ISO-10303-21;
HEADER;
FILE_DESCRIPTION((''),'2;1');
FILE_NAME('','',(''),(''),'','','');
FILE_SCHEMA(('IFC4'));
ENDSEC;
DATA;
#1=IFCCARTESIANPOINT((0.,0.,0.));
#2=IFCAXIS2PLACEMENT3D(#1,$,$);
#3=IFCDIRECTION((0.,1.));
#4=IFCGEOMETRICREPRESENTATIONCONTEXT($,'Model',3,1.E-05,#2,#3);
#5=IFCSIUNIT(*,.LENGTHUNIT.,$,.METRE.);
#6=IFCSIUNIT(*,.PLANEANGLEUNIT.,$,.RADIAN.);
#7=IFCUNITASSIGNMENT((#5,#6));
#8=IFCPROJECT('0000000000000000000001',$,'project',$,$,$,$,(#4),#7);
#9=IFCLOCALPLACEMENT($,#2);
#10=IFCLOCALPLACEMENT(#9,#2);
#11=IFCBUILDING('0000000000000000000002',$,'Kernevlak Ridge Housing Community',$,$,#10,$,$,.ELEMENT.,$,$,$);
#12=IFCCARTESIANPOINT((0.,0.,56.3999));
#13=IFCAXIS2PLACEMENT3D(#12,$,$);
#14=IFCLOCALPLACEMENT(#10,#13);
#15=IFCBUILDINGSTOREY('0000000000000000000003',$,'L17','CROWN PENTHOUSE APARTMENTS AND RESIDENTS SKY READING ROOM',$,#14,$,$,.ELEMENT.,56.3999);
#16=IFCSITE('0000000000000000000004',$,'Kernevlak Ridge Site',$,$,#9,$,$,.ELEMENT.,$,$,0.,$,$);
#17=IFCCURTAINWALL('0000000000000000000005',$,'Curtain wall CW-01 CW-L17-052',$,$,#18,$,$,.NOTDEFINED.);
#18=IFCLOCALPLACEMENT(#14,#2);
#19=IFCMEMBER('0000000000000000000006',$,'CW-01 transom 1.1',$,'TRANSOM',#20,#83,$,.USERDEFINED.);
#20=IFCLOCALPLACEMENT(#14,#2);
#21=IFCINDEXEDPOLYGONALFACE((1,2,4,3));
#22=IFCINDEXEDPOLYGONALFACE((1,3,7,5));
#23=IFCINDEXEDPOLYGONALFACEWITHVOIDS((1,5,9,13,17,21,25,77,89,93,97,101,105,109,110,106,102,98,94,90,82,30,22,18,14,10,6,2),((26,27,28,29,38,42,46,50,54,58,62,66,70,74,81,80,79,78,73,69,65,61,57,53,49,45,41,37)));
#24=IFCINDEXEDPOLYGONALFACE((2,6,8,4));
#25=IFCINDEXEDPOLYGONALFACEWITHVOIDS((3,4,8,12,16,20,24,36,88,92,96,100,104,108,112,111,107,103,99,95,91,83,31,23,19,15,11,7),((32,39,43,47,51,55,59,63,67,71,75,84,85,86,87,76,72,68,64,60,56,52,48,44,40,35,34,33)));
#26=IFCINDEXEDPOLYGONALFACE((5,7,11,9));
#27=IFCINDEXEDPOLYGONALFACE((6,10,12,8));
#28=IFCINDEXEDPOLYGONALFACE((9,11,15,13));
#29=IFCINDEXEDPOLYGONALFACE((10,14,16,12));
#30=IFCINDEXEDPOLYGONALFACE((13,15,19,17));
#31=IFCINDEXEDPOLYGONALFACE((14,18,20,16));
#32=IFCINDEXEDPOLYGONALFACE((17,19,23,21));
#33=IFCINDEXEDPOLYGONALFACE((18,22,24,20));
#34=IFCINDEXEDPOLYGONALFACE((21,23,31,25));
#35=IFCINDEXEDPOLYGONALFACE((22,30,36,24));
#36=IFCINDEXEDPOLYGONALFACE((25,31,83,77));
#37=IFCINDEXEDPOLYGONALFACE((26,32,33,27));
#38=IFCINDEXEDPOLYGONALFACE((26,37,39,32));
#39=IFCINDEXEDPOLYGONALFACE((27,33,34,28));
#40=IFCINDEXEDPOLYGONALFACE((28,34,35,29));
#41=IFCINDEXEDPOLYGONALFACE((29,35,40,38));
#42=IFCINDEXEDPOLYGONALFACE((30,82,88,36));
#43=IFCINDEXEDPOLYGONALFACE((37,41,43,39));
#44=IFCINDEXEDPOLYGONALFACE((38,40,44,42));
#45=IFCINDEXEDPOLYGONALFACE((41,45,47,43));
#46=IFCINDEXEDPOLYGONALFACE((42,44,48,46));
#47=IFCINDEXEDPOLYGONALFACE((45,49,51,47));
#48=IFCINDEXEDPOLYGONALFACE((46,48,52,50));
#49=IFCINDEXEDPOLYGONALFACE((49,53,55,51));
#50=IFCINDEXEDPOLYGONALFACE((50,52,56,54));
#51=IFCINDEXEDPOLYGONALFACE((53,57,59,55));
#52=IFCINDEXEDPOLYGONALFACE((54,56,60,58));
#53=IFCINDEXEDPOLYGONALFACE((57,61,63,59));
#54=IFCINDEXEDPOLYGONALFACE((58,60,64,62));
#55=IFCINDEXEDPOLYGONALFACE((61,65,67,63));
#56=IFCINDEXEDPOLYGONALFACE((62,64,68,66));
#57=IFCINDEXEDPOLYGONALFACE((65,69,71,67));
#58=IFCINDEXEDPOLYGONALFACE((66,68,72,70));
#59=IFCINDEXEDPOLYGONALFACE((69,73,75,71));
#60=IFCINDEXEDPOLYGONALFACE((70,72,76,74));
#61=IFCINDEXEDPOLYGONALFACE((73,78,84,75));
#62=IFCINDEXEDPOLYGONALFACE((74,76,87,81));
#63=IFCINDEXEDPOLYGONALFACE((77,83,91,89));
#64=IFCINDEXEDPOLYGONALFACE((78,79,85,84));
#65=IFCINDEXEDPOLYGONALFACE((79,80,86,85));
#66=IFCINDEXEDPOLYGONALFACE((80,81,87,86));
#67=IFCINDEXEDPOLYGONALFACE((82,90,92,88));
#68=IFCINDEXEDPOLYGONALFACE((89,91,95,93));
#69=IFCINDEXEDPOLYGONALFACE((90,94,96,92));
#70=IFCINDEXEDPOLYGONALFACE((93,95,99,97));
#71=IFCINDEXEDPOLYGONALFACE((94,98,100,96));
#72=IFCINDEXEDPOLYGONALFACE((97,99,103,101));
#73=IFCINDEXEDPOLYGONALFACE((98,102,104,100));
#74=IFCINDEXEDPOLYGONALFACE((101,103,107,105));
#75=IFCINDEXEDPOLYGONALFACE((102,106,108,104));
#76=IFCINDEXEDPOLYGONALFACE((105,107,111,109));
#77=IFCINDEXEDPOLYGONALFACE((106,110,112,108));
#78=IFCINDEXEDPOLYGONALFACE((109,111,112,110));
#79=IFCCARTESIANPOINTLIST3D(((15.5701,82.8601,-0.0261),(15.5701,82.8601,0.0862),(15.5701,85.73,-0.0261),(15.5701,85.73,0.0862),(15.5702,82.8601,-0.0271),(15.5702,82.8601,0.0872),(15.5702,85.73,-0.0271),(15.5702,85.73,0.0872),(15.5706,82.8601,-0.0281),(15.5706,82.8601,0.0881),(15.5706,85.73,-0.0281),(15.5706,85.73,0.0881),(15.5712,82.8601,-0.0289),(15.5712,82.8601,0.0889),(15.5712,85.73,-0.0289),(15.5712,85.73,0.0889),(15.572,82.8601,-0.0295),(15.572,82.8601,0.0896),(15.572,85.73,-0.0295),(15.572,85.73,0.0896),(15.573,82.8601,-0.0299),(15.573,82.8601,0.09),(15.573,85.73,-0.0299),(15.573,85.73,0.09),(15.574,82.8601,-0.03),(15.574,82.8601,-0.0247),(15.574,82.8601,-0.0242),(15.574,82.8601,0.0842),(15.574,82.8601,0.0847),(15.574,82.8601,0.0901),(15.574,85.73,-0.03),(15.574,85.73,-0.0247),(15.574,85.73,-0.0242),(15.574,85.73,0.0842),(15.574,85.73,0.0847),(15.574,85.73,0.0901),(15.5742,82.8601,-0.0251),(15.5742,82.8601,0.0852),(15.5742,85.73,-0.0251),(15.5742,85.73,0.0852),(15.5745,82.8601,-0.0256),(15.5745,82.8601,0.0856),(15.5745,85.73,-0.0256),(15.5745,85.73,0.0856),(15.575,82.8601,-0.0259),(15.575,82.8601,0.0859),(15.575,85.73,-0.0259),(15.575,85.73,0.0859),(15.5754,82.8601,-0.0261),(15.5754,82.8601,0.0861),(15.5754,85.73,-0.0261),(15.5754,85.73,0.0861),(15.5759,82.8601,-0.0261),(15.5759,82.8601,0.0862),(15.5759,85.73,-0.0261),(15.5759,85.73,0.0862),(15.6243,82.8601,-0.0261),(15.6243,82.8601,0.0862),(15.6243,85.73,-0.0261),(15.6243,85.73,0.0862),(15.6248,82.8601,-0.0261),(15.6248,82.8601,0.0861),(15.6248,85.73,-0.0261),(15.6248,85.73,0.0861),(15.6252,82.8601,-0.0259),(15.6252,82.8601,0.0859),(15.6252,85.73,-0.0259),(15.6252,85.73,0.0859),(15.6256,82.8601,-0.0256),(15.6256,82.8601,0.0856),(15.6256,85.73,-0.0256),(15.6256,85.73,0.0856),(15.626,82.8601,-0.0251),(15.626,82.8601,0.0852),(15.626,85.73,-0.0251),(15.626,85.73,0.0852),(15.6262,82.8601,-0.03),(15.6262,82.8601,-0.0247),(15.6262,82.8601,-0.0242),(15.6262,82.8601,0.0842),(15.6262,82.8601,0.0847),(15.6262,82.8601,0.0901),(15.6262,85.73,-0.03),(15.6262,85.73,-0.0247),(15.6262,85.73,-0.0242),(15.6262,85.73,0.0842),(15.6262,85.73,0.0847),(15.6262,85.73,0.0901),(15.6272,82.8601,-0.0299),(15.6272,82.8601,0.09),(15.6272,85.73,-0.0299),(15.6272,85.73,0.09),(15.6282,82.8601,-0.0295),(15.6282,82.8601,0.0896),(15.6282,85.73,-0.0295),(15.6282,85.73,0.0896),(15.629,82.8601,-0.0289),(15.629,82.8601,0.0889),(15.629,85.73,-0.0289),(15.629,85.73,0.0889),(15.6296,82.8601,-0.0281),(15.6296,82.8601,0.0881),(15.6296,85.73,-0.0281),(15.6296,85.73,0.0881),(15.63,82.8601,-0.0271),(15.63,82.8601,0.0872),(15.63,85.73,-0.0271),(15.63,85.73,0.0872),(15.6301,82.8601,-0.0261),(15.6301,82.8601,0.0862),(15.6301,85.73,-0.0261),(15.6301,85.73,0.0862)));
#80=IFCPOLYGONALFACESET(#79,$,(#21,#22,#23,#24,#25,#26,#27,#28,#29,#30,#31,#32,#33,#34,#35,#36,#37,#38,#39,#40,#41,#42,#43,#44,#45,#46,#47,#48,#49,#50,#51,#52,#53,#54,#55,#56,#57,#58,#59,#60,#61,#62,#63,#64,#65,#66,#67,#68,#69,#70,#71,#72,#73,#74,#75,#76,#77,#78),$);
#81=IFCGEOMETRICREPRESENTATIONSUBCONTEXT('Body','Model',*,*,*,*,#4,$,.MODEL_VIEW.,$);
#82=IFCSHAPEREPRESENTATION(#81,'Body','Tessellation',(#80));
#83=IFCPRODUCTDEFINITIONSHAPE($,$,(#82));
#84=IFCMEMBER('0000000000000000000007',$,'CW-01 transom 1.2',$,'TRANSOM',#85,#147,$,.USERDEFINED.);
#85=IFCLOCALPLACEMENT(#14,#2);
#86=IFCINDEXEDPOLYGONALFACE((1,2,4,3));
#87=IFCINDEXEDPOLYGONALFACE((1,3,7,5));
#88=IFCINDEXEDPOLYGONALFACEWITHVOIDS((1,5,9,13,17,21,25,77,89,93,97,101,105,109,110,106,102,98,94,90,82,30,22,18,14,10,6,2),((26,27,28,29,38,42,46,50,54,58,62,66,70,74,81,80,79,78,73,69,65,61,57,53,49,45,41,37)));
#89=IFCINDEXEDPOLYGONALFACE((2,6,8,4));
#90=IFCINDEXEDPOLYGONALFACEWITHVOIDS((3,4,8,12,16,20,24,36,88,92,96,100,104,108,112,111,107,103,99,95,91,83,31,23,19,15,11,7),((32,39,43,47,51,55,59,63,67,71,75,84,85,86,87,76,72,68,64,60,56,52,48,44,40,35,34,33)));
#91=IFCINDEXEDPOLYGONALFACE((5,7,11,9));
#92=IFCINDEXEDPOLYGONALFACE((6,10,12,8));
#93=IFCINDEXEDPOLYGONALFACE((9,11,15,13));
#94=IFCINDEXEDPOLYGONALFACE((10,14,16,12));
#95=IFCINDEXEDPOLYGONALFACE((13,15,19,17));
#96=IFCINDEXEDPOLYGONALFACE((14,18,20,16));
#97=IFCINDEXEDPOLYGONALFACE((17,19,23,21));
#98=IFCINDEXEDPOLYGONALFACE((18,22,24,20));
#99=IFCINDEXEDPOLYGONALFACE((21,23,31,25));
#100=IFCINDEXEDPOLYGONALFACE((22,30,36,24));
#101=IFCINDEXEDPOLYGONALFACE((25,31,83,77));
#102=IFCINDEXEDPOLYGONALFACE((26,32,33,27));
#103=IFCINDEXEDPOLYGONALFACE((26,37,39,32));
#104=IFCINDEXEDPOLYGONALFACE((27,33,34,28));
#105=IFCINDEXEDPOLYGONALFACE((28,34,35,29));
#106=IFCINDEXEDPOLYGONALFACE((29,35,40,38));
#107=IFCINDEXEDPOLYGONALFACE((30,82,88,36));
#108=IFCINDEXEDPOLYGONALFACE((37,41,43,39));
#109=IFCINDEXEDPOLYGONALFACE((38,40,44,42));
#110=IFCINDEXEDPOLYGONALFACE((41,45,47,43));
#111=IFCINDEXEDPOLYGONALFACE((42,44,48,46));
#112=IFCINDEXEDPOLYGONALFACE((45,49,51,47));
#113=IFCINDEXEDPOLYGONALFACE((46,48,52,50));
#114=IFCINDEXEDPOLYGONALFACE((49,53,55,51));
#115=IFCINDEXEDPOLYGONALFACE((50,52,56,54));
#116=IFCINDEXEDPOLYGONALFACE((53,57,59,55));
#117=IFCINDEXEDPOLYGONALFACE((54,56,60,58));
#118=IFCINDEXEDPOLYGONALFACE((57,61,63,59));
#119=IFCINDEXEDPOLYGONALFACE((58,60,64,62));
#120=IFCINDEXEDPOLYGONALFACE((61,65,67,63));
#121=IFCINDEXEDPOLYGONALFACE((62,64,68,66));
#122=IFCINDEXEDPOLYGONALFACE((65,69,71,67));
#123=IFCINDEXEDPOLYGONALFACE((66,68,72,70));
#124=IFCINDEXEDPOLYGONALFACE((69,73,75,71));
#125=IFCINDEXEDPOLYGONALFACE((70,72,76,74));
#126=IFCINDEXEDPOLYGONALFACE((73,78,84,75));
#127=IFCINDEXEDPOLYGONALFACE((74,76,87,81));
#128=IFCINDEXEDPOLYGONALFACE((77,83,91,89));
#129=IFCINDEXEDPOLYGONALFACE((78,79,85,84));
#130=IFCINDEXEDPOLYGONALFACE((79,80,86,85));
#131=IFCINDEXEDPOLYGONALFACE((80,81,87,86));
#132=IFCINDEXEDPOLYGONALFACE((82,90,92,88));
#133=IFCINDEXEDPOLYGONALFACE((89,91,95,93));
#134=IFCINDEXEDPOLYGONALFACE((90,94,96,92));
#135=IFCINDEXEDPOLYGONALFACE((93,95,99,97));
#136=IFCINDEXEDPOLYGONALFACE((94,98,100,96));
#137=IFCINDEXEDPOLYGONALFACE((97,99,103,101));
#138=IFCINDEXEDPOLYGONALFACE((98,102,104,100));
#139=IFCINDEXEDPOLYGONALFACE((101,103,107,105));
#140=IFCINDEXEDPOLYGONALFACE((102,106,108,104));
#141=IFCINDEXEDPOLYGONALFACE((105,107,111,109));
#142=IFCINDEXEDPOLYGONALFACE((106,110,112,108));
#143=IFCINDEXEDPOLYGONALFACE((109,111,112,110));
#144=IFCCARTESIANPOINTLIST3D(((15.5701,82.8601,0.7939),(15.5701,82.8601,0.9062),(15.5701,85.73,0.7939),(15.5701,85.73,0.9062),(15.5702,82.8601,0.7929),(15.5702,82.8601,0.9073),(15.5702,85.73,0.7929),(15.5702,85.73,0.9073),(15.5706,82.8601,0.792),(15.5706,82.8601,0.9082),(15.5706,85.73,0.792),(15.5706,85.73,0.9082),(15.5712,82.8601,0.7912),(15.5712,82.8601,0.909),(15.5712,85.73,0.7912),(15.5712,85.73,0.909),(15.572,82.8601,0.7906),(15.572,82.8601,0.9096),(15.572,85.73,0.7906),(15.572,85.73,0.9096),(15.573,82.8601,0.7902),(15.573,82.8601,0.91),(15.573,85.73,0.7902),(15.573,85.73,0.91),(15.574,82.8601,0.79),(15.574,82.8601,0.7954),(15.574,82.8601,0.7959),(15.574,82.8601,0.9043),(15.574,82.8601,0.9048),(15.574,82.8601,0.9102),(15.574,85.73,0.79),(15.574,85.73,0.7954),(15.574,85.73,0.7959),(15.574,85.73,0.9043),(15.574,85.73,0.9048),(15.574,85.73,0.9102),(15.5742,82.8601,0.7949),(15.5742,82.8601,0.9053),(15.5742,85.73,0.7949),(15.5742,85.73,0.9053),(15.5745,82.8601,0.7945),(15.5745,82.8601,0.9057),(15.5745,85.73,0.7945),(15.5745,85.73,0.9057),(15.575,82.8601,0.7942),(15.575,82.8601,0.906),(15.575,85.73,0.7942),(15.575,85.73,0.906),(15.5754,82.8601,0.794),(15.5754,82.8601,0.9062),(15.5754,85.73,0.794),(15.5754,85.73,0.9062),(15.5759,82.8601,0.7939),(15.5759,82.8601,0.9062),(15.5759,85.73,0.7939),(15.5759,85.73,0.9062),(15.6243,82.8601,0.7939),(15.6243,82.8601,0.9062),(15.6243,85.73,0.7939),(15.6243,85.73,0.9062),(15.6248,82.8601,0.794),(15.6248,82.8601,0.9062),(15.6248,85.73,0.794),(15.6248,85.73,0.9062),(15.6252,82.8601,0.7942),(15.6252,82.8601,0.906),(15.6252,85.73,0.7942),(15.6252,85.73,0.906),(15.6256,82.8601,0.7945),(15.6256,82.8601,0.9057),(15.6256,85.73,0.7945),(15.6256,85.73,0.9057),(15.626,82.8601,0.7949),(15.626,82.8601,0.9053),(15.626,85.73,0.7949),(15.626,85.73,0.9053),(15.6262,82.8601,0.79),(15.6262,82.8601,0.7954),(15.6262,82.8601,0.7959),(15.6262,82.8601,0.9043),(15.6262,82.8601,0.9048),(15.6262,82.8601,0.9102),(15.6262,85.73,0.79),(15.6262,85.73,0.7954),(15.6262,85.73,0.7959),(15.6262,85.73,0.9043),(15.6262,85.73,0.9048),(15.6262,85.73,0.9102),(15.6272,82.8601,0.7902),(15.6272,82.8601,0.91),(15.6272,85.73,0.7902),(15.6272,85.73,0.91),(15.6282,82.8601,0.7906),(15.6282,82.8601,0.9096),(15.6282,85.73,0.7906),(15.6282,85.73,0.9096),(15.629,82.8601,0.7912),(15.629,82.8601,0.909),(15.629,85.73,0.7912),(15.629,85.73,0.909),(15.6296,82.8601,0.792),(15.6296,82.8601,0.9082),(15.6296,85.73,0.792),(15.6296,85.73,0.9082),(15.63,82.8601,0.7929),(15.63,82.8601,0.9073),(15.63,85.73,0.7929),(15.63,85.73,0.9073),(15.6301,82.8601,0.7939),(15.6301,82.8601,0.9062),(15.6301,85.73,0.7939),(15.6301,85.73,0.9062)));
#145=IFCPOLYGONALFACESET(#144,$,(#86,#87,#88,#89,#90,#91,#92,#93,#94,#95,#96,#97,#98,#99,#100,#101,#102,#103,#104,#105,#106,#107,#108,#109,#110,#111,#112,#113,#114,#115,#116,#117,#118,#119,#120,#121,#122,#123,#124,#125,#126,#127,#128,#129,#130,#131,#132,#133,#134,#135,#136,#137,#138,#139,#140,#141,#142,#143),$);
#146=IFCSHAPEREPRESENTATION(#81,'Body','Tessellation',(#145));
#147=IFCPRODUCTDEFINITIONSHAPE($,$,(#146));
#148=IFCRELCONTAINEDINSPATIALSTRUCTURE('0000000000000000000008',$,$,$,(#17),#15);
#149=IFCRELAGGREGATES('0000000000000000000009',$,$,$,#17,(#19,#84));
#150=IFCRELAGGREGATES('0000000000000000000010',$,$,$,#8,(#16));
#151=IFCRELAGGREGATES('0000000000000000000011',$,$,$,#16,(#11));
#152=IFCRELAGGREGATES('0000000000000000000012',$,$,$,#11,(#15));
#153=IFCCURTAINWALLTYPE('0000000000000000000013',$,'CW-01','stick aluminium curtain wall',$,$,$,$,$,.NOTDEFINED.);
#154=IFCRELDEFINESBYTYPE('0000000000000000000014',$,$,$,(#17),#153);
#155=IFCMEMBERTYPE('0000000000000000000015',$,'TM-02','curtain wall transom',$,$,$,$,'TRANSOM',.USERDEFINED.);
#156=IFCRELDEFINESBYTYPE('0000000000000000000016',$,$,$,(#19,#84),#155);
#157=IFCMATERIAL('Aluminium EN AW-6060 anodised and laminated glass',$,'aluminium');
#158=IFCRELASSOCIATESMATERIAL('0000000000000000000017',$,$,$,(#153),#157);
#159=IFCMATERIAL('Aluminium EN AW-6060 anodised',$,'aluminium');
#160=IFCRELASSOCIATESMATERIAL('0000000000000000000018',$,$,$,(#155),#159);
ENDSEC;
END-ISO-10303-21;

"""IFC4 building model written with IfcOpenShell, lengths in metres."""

from ifc_helpers import new_model, si_unit, direction, frame, origin, origin_2d, place, context, subcontext, project, spatial, hollow_rectangle, extrude, material, material_profile, profile_set, type_object, element, aggregate, save


model = new_model("IFC4")

# Units and contexts
model_context = context("Model", 3, precision=1e-05, world=origin(), true_north=direction((0.0, 1.0)))
body_context = subcontext(model_context, "Body", "Model", "MODEL_VIEW")
ifc_project = project(units=[si_unit("LENGTHUNIT", "METRE"), si_unit("PLANEANGLEUNIT", "RADIAN")], contexts=[model_context])

# Site, building, storey
site_placement = place(None, origin())
site = spatial("IfcSite", under=ifc_project, at=site_placement, Name="Kernevlak Ridge Site", CompositionType="ELEMENT", RefElevation=0.0)
building_placement = place(site_placement, origin())
building = spatial("IfcBuilding", under=site, at=building_placement, Name="Kernevlak Ridge Housing Community", CompositionType="ELEMENT")
storey_placement = place(building_placement, frame((0.0, 0.0, 56.3999)))
storey = spatial("IfcBuildingStorey", under=building, at=storey_placement, Name="L17", Description="CROWN PENTHOUSE APARTMENTS AND RESIDENTS SKY READING ROOM", CompositionType="ELEMENT", Elevation=56.3999)

# Curtain wall
ifc_material_1 = material(Name="Aluminium EN AW-6060 anodised and laminated glass", Category="aluminium")
curtain_wall_type = type_object("IfcCurtainWallType", Name="CW-01", Description="stick aluminium curtain wall", PredefinedType="NOTDEFINED", material=ifc_material_1)
curtain_wall_placement = place(storey_placement, origin())
curtain_wall = element("IfcCurtainWall", 1, at=curtain_wall_placement, inside=storey, type_object=curtain_wall_type, Name="Curtain wall CW-01 CW-L17-052", PredefinedType="NOTDEFINED")
ifc_material_2 = material(Name="Aluminium EN AW-6060 anodised", Category="aluminium")

# Members
ifc_material_profile_1 = material_profile(ifc_material_2, hollow_rectangle(XDim=0.0601, YDim=0.1201, WallThickness=0.0039, InnerFilletRadius=0.002, OuterFilletRadius=0.0039, at=origin_2d()), Name="ALU 60x120x4")
ifc_profile_set_1 = profile_set([ifc_material_profile_1], Name="Aluminium EN AW-6060 anodised")
member_type_1 = type_object("IfcMemberType", Name="TM-02", Description="curtain wall transom", ElementType="TRANSOM", PredefinedType="USERDEFINED", material=ifc_profile_set_1)
member_1_placement = place(storey_placement, frame((15.6001, 82.8601, 0.03), z_axis=(0.0, 1.0, 0.0), x_axis=(-1.0, 0.0, 0.0)))
member_1 = element("IfcMember", 2, at=member_1_placement, type_object=member_type_1, Name="CW-01 transom 1.1", ObjectType="TRANSOM", PredefinedType="USERDEFINED", context=body_context, shape_type="SweptSolid", body=[
    extrude(hollow_rectangle(XDim=0.0601, YDim=0.1201, WallThickness=0.0039, InnerFilletRadius=0.002, OuterFilletRadius=0.0039, at=origin_2d()), origin(), (0.0, 0.0, 1.0), 2.8699),
])
member_2_placement = place(storey_placement, frame((15.6001, 82.8601, 0.8501), z_axis=(0.0, 1.0, 0.0), x_axis=(-1.0, 0.0, 0.0)))
member_2 = element("IfcMember", 3, at=member_2_placement, type_object=member_type_1, Name="CW-01 transom 1.2", ObjectType="TRANSOM", PredefinedType="USERDEFINED", context=body_context, shape_type="SweptSolid", body=[
    extrude(hollow_rectangle(XDim=0.0601, YDim=0.1201, WallThickness=0.0039, InnerFilletRadius=0.002, OuterFilletRadius=0.0039, at=origin_2d()), origin(), (0.0, 0.0, 1.0), 2.8699),
])

aggregate(curtain_wall, [member_1, member_2])

save(model, "model.ifc")
